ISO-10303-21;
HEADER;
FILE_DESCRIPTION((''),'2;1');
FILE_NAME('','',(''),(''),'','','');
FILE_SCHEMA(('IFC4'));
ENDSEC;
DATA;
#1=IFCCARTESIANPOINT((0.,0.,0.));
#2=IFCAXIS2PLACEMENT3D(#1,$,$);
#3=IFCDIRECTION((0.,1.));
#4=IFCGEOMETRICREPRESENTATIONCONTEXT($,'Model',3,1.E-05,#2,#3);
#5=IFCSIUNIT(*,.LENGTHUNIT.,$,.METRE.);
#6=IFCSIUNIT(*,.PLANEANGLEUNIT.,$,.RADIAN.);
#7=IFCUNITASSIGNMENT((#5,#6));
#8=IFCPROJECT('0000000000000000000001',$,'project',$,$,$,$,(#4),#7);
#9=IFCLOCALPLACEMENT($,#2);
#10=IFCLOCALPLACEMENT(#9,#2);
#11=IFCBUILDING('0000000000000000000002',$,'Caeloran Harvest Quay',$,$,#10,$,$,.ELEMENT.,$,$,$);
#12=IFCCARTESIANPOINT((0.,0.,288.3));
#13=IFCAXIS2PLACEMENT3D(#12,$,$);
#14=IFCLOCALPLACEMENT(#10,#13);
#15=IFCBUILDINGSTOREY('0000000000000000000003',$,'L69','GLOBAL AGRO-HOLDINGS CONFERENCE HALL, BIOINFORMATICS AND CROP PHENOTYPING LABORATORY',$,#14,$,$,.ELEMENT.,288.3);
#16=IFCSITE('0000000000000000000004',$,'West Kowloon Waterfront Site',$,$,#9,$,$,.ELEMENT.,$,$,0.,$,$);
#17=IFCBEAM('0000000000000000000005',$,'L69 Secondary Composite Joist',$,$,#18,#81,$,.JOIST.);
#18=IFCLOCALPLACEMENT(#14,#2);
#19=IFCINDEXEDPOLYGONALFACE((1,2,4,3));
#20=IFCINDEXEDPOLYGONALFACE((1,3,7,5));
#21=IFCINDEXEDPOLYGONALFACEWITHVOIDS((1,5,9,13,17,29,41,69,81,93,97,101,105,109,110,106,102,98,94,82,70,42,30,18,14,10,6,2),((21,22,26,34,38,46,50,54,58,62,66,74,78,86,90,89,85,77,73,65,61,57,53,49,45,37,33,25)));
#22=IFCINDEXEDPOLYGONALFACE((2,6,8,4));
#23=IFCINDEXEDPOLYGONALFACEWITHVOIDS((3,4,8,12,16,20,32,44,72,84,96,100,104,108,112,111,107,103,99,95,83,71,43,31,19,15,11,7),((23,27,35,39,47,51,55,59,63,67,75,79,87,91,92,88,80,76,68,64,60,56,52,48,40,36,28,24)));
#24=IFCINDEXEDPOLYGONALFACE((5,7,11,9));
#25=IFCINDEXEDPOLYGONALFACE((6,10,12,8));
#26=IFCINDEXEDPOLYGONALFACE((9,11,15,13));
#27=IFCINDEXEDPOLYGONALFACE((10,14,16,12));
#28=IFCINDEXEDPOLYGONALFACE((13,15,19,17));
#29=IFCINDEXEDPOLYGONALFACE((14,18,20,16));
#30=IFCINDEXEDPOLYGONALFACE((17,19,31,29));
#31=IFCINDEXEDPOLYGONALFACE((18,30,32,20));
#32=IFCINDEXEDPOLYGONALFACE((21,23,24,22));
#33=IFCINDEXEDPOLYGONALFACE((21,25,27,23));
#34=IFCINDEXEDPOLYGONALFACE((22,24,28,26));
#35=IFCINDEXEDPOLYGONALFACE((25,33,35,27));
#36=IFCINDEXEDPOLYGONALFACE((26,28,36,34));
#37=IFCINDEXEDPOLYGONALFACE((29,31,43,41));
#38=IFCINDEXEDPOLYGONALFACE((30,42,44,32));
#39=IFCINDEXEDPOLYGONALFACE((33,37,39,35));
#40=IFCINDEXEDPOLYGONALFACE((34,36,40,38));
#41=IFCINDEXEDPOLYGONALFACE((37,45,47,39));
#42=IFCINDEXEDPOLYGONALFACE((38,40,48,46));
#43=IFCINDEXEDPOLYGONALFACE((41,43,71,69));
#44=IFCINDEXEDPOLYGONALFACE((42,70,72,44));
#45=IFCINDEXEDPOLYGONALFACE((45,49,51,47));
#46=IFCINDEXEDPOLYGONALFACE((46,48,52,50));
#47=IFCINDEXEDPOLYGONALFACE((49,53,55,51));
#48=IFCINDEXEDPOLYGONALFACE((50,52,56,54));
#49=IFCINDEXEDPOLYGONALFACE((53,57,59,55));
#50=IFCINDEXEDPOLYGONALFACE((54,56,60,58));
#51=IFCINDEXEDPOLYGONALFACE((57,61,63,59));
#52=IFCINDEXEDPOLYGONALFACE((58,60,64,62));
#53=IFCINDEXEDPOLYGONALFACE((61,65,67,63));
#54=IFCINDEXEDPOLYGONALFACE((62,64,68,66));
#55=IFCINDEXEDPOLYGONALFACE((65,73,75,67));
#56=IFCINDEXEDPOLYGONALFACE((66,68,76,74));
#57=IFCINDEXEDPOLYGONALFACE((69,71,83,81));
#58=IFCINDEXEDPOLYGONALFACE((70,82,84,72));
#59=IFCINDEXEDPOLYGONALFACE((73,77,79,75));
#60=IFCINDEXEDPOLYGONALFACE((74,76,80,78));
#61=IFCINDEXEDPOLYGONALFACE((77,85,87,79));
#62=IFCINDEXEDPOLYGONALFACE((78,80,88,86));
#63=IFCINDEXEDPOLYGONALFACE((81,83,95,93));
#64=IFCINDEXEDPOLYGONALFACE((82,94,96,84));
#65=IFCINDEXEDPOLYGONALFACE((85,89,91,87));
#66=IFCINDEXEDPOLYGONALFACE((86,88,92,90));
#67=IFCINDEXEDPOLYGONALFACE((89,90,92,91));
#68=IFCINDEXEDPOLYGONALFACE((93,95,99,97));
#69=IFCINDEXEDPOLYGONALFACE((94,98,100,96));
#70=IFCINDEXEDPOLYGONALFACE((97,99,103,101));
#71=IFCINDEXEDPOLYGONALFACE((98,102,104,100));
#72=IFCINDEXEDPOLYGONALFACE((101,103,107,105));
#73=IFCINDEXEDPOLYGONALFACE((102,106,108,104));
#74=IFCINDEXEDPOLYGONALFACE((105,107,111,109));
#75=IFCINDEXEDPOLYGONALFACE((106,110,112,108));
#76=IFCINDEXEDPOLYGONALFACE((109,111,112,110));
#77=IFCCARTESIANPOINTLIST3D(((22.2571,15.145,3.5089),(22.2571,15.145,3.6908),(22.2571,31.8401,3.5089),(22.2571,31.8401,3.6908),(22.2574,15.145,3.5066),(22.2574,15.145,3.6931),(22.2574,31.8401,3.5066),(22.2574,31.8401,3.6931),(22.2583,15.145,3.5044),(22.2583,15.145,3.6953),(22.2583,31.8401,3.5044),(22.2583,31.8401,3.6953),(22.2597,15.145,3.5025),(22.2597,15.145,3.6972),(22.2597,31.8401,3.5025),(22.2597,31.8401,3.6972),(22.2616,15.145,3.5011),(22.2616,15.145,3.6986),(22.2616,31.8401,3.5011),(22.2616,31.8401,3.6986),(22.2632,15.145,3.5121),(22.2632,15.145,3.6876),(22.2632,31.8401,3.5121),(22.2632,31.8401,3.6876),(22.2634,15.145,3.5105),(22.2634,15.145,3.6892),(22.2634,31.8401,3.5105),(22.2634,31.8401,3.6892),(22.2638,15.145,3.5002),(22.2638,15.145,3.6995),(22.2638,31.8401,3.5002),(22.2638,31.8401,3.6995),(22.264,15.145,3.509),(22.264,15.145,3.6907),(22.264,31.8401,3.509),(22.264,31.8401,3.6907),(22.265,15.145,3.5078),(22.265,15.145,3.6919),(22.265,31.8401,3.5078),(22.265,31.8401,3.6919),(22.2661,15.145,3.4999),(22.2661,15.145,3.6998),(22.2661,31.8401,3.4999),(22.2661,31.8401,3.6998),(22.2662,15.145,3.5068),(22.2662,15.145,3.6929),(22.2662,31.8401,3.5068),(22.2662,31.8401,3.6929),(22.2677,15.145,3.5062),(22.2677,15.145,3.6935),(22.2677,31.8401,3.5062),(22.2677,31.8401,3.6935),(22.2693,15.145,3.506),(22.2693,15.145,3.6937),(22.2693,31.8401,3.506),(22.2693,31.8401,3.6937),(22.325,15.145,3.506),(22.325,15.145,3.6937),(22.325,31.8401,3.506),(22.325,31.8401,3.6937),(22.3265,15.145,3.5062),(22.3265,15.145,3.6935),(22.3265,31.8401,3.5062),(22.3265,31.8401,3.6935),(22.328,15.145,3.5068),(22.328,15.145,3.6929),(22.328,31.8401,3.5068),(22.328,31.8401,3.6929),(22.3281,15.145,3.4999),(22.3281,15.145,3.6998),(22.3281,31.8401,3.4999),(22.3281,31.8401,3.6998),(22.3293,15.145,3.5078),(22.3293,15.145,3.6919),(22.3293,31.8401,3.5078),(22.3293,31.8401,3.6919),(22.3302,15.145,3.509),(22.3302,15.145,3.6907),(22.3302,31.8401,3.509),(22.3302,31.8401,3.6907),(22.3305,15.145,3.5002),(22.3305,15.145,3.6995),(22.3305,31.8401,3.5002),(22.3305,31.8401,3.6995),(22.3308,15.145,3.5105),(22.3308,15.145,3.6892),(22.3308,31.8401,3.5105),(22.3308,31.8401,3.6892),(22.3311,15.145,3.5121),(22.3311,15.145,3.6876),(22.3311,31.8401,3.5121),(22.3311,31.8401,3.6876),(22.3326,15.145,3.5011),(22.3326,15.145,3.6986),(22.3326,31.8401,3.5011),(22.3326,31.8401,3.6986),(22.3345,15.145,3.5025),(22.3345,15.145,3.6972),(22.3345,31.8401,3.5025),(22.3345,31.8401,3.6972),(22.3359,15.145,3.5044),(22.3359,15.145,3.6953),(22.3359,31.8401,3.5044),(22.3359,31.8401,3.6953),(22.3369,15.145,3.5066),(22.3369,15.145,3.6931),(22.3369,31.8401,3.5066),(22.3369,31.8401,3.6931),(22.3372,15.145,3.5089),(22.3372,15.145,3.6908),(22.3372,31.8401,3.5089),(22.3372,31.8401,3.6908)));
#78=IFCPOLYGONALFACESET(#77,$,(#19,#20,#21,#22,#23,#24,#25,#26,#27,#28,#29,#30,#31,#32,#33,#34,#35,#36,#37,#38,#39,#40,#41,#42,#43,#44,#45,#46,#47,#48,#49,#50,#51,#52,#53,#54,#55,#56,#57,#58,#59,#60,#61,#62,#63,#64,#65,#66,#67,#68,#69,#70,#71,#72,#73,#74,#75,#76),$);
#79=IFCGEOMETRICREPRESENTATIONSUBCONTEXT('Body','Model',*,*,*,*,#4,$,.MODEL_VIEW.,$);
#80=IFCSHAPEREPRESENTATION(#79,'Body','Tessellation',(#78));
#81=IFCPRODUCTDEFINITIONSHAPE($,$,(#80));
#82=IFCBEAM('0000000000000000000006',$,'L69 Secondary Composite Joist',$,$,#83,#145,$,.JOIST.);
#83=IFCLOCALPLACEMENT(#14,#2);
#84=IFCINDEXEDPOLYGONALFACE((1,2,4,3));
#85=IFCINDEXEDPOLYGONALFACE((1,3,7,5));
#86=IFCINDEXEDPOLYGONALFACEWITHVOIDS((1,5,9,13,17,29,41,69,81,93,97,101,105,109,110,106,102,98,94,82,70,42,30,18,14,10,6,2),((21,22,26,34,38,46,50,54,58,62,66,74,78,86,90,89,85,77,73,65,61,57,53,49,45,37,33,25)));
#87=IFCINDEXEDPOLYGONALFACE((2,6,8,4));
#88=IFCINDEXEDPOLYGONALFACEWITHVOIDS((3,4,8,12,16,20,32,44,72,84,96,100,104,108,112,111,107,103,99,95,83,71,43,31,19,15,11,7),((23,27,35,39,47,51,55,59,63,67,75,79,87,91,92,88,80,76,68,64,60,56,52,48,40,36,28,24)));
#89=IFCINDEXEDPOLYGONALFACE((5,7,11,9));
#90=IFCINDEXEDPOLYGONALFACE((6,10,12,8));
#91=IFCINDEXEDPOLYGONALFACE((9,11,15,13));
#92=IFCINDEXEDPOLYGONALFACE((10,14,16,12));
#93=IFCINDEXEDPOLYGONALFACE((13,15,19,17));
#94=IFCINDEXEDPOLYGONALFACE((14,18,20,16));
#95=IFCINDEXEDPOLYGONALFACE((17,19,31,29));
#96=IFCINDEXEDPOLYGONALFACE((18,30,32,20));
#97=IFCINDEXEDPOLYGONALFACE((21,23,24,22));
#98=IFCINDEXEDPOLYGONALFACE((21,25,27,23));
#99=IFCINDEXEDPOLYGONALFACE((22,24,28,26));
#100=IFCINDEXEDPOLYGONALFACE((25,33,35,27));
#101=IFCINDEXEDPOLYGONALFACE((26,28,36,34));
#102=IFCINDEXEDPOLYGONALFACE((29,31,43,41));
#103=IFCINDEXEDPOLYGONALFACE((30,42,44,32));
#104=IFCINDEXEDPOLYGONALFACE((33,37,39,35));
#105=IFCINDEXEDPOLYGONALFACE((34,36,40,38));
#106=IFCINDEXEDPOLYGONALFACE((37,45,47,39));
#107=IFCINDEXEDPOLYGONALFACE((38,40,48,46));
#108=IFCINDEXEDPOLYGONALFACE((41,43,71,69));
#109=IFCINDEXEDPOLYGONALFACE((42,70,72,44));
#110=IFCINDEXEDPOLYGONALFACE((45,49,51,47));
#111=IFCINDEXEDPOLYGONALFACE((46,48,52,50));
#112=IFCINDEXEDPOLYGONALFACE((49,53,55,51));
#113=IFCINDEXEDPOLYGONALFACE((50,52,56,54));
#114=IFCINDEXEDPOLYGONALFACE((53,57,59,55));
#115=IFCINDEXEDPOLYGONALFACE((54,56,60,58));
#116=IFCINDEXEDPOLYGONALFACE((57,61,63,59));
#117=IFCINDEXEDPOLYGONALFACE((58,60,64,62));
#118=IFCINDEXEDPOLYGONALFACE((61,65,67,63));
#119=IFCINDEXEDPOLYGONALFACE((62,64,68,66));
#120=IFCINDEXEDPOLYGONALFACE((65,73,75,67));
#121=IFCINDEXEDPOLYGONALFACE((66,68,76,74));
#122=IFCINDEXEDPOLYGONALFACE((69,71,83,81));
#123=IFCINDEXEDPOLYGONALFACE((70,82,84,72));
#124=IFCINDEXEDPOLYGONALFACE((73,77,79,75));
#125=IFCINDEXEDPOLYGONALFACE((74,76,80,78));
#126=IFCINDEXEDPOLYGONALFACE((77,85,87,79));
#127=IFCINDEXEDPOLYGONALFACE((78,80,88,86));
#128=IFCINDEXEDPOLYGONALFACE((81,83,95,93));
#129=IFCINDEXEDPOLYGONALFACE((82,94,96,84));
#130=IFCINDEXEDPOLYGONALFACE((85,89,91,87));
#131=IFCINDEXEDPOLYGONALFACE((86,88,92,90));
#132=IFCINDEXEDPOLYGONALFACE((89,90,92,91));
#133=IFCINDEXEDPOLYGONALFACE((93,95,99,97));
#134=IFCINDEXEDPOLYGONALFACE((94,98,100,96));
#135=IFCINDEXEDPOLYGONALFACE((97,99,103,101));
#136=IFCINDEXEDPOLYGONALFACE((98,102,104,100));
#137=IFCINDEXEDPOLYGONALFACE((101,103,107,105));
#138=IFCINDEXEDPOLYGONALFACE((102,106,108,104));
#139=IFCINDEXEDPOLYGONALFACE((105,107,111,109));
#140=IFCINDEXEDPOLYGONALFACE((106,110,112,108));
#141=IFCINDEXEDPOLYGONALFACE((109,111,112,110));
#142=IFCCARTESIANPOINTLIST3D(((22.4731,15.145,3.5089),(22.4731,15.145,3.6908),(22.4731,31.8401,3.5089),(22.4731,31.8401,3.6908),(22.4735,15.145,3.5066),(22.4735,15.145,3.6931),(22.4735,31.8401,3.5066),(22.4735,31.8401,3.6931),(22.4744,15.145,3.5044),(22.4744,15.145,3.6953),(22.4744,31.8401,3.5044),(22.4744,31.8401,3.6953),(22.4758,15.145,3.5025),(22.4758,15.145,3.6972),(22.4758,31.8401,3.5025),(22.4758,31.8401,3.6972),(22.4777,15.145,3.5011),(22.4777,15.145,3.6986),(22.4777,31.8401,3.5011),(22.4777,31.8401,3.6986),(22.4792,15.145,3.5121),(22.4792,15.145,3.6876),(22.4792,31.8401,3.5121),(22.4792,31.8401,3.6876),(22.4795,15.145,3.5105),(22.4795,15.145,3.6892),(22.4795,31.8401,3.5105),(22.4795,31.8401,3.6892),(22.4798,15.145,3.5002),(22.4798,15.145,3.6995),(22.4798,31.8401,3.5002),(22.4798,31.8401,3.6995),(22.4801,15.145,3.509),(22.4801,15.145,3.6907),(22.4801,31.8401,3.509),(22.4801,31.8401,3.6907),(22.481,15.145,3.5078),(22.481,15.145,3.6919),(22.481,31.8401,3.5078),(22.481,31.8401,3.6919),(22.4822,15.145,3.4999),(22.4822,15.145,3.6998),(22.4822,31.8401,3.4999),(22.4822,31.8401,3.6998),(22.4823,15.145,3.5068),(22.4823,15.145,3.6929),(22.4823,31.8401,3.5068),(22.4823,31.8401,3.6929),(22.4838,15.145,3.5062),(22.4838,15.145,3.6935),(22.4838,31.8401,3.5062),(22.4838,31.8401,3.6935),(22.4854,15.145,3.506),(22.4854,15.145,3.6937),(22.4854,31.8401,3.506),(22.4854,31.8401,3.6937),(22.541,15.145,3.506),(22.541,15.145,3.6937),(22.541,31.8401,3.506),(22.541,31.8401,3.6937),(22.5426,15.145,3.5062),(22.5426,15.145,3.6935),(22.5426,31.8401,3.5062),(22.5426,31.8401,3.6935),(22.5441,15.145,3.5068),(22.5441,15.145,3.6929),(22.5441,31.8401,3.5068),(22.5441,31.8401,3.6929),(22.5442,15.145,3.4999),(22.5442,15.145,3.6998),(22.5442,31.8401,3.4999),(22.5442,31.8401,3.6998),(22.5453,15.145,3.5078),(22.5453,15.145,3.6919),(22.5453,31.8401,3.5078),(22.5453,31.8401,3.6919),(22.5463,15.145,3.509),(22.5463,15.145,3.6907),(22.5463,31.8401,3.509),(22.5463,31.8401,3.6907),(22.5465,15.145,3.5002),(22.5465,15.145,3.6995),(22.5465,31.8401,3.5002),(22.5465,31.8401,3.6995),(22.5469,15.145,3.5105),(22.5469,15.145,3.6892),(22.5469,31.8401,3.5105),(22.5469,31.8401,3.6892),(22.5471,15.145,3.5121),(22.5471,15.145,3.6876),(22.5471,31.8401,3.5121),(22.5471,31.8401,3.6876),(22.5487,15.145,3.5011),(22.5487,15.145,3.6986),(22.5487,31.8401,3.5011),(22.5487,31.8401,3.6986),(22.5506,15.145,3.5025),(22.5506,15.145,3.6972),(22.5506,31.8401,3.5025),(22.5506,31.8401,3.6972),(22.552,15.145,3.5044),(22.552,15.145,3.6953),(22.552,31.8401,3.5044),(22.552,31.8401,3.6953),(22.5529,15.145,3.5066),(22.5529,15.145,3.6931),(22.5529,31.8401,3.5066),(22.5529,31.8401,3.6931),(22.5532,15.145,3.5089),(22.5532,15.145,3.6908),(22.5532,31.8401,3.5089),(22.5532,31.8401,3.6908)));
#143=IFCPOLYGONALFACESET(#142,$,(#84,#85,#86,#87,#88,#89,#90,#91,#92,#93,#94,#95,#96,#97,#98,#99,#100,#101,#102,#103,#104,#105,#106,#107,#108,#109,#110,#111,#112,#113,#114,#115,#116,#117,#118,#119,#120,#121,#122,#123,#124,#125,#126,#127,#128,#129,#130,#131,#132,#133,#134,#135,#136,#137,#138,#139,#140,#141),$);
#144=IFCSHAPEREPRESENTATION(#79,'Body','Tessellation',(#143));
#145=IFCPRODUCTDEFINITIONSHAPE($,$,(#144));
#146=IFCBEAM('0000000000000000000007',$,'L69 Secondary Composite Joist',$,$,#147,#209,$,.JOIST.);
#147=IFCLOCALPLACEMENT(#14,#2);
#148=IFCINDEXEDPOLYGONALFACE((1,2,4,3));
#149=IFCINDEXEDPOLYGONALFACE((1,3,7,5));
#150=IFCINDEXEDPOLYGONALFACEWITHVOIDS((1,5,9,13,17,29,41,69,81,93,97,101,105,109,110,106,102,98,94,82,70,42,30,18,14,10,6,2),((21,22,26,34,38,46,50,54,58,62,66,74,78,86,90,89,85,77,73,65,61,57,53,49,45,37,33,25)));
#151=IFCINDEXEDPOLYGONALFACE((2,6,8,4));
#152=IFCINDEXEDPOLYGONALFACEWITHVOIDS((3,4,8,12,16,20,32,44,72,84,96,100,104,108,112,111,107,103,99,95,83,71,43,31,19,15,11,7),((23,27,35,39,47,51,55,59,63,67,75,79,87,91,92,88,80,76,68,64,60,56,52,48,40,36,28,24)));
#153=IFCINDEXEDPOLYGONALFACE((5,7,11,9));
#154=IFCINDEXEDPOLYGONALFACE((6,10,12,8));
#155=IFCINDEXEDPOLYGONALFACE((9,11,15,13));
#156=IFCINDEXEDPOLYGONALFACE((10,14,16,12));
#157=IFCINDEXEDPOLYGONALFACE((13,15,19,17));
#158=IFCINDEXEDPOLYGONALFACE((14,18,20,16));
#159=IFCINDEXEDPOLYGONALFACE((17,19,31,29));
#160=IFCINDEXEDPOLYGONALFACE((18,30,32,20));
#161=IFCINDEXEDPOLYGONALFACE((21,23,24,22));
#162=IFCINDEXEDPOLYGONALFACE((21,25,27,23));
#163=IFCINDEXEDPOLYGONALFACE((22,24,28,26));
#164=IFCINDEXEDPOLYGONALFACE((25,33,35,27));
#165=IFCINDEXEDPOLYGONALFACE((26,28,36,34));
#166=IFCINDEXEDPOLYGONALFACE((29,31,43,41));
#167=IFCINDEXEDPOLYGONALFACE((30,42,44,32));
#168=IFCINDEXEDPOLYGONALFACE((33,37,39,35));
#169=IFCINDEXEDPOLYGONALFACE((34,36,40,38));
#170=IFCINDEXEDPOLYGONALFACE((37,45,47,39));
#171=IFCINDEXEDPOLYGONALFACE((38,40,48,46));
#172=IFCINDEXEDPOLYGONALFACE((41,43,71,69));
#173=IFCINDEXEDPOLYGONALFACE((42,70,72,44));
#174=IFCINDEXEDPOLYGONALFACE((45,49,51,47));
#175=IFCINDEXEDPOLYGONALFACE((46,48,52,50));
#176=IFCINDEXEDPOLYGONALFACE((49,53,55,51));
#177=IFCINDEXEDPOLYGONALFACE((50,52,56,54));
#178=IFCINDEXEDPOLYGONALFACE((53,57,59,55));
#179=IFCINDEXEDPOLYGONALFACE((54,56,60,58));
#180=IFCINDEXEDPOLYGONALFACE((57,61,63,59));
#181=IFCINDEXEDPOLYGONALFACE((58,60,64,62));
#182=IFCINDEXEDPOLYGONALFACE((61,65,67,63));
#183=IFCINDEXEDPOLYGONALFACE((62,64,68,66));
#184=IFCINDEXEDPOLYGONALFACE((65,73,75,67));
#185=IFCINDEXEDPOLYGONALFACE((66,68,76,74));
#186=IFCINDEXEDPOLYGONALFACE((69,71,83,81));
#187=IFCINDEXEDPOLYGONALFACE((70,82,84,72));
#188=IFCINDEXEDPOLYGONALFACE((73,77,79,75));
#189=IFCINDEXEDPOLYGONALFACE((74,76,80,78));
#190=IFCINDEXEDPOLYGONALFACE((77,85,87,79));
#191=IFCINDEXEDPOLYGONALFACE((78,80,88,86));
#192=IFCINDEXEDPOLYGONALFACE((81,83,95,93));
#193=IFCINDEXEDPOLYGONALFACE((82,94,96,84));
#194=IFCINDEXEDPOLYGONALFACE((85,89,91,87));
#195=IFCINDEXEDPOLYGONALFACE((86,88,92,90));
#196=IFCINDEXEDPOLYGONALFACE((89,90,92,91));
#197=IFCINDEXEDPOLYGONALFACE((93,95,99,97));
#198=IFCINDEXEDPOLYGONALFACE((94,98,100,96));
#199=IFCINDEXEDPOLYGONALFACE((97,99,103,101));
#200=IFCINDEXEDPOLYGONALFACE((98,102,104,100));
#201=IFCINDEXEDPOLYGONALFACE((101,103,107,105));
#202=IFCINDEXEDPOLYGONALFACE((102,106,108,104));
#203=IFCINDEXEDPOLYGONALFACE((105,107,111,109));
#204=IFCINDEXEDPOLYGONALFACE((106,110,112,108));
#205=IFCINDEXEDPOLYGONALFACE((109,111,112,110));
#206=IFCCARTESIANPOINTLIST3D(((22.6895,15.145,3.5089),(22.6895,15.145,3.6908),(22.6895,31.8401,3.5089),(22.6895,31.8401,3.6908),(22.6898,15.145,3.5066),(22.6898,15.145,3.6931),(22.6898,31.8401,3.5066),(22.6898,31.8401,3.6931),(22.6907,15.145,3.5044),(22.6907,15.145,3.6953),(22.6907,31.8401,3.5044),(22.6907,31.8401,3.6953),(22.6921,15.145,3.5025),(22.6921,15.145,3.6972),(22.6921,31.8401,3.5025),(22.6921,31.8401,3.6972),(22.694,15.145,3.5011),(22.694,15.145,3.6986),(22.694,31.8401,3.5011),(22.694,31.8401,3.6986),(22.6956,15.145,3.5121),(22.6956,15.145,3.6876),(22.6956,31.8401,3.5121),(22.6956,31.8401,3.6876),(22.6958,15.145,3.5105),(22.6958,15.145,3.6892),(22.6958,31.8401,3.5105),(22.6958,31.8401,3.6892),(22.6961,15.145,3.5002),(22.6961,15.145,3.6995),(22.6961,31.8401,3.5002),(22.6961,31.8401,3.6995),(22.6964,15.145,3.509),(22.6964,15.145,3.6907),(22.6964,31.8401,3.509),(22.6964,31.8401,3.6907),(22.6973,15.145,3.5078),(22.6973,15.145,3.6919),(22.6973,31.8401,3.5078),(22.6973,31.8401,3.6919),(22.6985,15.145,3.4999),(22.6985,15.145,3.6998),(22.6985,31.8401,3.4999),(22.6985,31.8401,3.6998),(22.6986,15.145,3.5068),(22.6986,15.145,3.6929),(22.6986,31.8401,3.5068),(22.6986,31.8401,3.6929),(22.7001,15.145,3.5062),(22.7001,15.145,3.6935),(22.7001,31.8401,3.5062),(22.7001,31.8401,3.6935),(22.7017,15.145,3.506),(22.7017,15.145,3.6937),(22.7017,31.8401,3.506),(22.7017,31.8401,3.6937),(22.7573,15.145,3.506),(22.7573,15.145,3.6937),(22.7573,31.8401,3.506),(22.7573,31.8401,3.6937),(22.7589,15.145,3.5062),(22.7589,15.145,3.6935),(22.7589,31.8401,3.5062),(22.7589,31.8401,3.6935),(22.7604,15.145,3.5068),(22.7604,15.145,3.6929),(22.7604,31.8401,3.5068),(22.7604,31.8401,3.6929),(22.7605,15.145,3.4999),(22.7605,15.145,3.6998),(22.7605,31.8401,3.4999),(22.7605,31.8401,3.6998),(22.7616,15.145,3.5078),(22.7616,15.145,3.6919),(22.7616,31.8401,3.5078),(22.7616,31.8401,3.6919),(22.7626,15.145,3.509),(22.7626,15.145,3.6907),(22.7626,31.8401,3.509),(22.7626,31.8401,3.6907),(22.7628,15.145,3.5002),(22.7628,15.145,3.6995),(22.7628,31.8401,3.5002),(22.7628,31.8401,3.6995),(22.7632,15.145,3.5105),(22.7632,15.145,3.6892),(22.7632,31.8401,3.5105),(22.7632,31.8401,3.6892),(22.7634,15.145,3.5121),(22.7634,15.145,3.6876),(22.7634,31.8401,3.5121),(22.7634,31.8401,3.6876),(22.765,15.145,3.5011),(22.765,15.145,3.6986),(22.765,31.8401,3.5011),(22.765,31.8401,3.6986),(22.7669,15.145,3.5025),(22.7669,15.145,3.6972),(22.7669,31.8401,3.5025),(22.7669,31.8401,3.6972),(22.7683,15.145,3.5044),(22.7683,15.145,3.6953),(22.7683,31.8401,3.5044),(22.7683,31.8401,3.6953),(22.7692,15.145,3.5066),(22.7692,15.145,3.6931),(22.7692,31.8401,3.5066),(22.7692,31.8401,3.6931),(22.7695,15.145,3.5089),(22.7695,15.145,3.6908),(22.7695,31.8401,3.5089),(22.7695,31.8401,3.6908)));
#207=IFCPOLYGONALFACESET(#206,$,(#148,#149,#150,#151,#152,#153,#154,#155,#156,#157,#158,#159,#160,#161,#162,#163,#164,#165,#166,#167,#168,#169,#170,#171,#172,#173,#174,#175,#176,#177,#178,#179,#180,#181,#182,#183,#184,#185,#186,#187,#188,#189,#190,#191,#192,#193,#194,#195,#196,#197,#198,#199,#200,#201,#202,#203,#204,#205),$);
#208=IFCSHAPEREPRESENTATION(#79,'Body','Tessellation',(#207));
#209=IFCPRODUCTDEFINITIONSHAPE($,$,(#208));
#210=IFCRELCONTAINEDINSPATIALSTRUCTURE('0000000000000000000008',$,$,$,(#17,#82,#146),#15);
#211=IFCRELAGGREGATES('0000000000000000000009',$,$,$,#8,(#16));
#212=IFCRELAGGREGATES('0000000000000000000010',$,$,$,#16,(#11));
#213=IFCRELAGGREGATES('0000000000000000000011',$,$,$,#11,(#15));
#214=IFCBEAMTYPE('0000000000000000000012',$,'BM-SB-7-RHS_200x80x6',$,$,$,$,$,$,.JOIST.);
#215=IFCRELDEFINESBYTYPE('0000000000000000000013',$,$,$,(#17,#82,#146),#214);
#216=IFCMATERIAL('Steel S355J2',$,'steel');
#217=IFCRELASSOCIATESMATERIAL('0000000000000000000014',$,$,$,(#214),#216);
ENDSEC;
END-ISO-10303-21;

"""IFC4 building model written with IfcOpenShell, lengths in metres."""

from ifc_helpers import new_model, si_unit, direction, frame, origin, origin_2d, place, context, subcontext, project, spatial, hollow_rectangle, extrude, material, material_profile, profile_set, type_object, element, save


model = new_model("IFC4")

# Units and contexts
model_context = context("Model", 3, precision=1e-05, world=origin(), true_north=direction((0.0, 1.0)))
body_context = subcontext(model_context, "Body", "Model", "MODEL_VIEW")
ifc_project = project(units=[si_unit("LENGTHUNIT", "METRE"), si_unit("PLANEANGLEUNIT", "RADIAN")], contexts=[model_context])

# Site, building, storey
site_placement = place(None, origin())
site = spatial("IfcSite", under=ifc_project, at=site_placement, Name="West Kowloon Waterfront Site", CompositionType="ELEMENT", RefElevation=0.0)
building_placement = place(site_placement, origin())
building = spatial("IfcBuilding", under=site, at=building_placement, Name="Caeloran Harvest Quay", CompositionType="ELEMENT")
storey_placement = place(building_placement, frame((0.0, 0.0, 288.3)))
storey = spatial("IfcBuildingStorey", under=building, at=storey_placement, Name="L69", Description="GLOBAL AGRO-HOLDINGS CONFERENCE HALL, BIOINFORMATICS AND CROP PHENOTYPING LABORATORY", CompositionType="ELEMENT", Elevation=288.3)

# Beams
ifc_material_1 = material(Name="Steel S355J2", Category="steel")
ifc_material_profile_1 = material_profile(ifc_material_1, hollow_rectangle(XDim=0.0801, YDim=0.2, WallThickness=0.0061, InnerFilletRadius=0.0061, OuterFilletRadius=0.009, at=origin_2d()), Name="RHS 200x80x6")
ifc_profile_set_1 = profile_set([ifc_material_profile_1], Name="Steel S355J2")
beam_type_1 = type_object("IfcBeamType", Name="BM-SB-7-RHS_200x80x6", PredefinedType="JOIST", material=ifc_profile_set_1)
for number, where, z_axis, x_axis, name in (
    (1, (22.2971, 15.145, 3.5999), (0.0, 1.0, 0.0), (-1.0, 0.0, 0.0), "L69 Secondary Composite Joist"),
    (2, (22.5132, 15.145, 3.5999), (0.0, 1.0, 0.0), (-1.0, 0.0, 0.0), "L69 Secondary Composite Joist"),
    (3, (22.7295, 15.145, 3.5999), (0.0, 1.0, 0.0), (-1.0, 0.0, 0.0), "L69 Secondary Composite Joist"),
):
    element("IfcBeam", number, at=place(storey_placement, frame(where, z_axis=z_axis, x_axis=x_axis)), inside=storey, type_object=beam_type_1, Name=name, PredefinedType="JOIST", context=body_context, shape_type="SweptSolid", body=[
        extrude(hollow_rectangle(XDim=0.0801, YDim=0.2, WallThickness=0.0061, InnerFilletRadius=0.0061, OuterFilletRadius=0.009, at=origin_2d()), origin(), (0.0, 0.0, 1.0), 16.6951),
    ])

save(model, "model.ifc")
